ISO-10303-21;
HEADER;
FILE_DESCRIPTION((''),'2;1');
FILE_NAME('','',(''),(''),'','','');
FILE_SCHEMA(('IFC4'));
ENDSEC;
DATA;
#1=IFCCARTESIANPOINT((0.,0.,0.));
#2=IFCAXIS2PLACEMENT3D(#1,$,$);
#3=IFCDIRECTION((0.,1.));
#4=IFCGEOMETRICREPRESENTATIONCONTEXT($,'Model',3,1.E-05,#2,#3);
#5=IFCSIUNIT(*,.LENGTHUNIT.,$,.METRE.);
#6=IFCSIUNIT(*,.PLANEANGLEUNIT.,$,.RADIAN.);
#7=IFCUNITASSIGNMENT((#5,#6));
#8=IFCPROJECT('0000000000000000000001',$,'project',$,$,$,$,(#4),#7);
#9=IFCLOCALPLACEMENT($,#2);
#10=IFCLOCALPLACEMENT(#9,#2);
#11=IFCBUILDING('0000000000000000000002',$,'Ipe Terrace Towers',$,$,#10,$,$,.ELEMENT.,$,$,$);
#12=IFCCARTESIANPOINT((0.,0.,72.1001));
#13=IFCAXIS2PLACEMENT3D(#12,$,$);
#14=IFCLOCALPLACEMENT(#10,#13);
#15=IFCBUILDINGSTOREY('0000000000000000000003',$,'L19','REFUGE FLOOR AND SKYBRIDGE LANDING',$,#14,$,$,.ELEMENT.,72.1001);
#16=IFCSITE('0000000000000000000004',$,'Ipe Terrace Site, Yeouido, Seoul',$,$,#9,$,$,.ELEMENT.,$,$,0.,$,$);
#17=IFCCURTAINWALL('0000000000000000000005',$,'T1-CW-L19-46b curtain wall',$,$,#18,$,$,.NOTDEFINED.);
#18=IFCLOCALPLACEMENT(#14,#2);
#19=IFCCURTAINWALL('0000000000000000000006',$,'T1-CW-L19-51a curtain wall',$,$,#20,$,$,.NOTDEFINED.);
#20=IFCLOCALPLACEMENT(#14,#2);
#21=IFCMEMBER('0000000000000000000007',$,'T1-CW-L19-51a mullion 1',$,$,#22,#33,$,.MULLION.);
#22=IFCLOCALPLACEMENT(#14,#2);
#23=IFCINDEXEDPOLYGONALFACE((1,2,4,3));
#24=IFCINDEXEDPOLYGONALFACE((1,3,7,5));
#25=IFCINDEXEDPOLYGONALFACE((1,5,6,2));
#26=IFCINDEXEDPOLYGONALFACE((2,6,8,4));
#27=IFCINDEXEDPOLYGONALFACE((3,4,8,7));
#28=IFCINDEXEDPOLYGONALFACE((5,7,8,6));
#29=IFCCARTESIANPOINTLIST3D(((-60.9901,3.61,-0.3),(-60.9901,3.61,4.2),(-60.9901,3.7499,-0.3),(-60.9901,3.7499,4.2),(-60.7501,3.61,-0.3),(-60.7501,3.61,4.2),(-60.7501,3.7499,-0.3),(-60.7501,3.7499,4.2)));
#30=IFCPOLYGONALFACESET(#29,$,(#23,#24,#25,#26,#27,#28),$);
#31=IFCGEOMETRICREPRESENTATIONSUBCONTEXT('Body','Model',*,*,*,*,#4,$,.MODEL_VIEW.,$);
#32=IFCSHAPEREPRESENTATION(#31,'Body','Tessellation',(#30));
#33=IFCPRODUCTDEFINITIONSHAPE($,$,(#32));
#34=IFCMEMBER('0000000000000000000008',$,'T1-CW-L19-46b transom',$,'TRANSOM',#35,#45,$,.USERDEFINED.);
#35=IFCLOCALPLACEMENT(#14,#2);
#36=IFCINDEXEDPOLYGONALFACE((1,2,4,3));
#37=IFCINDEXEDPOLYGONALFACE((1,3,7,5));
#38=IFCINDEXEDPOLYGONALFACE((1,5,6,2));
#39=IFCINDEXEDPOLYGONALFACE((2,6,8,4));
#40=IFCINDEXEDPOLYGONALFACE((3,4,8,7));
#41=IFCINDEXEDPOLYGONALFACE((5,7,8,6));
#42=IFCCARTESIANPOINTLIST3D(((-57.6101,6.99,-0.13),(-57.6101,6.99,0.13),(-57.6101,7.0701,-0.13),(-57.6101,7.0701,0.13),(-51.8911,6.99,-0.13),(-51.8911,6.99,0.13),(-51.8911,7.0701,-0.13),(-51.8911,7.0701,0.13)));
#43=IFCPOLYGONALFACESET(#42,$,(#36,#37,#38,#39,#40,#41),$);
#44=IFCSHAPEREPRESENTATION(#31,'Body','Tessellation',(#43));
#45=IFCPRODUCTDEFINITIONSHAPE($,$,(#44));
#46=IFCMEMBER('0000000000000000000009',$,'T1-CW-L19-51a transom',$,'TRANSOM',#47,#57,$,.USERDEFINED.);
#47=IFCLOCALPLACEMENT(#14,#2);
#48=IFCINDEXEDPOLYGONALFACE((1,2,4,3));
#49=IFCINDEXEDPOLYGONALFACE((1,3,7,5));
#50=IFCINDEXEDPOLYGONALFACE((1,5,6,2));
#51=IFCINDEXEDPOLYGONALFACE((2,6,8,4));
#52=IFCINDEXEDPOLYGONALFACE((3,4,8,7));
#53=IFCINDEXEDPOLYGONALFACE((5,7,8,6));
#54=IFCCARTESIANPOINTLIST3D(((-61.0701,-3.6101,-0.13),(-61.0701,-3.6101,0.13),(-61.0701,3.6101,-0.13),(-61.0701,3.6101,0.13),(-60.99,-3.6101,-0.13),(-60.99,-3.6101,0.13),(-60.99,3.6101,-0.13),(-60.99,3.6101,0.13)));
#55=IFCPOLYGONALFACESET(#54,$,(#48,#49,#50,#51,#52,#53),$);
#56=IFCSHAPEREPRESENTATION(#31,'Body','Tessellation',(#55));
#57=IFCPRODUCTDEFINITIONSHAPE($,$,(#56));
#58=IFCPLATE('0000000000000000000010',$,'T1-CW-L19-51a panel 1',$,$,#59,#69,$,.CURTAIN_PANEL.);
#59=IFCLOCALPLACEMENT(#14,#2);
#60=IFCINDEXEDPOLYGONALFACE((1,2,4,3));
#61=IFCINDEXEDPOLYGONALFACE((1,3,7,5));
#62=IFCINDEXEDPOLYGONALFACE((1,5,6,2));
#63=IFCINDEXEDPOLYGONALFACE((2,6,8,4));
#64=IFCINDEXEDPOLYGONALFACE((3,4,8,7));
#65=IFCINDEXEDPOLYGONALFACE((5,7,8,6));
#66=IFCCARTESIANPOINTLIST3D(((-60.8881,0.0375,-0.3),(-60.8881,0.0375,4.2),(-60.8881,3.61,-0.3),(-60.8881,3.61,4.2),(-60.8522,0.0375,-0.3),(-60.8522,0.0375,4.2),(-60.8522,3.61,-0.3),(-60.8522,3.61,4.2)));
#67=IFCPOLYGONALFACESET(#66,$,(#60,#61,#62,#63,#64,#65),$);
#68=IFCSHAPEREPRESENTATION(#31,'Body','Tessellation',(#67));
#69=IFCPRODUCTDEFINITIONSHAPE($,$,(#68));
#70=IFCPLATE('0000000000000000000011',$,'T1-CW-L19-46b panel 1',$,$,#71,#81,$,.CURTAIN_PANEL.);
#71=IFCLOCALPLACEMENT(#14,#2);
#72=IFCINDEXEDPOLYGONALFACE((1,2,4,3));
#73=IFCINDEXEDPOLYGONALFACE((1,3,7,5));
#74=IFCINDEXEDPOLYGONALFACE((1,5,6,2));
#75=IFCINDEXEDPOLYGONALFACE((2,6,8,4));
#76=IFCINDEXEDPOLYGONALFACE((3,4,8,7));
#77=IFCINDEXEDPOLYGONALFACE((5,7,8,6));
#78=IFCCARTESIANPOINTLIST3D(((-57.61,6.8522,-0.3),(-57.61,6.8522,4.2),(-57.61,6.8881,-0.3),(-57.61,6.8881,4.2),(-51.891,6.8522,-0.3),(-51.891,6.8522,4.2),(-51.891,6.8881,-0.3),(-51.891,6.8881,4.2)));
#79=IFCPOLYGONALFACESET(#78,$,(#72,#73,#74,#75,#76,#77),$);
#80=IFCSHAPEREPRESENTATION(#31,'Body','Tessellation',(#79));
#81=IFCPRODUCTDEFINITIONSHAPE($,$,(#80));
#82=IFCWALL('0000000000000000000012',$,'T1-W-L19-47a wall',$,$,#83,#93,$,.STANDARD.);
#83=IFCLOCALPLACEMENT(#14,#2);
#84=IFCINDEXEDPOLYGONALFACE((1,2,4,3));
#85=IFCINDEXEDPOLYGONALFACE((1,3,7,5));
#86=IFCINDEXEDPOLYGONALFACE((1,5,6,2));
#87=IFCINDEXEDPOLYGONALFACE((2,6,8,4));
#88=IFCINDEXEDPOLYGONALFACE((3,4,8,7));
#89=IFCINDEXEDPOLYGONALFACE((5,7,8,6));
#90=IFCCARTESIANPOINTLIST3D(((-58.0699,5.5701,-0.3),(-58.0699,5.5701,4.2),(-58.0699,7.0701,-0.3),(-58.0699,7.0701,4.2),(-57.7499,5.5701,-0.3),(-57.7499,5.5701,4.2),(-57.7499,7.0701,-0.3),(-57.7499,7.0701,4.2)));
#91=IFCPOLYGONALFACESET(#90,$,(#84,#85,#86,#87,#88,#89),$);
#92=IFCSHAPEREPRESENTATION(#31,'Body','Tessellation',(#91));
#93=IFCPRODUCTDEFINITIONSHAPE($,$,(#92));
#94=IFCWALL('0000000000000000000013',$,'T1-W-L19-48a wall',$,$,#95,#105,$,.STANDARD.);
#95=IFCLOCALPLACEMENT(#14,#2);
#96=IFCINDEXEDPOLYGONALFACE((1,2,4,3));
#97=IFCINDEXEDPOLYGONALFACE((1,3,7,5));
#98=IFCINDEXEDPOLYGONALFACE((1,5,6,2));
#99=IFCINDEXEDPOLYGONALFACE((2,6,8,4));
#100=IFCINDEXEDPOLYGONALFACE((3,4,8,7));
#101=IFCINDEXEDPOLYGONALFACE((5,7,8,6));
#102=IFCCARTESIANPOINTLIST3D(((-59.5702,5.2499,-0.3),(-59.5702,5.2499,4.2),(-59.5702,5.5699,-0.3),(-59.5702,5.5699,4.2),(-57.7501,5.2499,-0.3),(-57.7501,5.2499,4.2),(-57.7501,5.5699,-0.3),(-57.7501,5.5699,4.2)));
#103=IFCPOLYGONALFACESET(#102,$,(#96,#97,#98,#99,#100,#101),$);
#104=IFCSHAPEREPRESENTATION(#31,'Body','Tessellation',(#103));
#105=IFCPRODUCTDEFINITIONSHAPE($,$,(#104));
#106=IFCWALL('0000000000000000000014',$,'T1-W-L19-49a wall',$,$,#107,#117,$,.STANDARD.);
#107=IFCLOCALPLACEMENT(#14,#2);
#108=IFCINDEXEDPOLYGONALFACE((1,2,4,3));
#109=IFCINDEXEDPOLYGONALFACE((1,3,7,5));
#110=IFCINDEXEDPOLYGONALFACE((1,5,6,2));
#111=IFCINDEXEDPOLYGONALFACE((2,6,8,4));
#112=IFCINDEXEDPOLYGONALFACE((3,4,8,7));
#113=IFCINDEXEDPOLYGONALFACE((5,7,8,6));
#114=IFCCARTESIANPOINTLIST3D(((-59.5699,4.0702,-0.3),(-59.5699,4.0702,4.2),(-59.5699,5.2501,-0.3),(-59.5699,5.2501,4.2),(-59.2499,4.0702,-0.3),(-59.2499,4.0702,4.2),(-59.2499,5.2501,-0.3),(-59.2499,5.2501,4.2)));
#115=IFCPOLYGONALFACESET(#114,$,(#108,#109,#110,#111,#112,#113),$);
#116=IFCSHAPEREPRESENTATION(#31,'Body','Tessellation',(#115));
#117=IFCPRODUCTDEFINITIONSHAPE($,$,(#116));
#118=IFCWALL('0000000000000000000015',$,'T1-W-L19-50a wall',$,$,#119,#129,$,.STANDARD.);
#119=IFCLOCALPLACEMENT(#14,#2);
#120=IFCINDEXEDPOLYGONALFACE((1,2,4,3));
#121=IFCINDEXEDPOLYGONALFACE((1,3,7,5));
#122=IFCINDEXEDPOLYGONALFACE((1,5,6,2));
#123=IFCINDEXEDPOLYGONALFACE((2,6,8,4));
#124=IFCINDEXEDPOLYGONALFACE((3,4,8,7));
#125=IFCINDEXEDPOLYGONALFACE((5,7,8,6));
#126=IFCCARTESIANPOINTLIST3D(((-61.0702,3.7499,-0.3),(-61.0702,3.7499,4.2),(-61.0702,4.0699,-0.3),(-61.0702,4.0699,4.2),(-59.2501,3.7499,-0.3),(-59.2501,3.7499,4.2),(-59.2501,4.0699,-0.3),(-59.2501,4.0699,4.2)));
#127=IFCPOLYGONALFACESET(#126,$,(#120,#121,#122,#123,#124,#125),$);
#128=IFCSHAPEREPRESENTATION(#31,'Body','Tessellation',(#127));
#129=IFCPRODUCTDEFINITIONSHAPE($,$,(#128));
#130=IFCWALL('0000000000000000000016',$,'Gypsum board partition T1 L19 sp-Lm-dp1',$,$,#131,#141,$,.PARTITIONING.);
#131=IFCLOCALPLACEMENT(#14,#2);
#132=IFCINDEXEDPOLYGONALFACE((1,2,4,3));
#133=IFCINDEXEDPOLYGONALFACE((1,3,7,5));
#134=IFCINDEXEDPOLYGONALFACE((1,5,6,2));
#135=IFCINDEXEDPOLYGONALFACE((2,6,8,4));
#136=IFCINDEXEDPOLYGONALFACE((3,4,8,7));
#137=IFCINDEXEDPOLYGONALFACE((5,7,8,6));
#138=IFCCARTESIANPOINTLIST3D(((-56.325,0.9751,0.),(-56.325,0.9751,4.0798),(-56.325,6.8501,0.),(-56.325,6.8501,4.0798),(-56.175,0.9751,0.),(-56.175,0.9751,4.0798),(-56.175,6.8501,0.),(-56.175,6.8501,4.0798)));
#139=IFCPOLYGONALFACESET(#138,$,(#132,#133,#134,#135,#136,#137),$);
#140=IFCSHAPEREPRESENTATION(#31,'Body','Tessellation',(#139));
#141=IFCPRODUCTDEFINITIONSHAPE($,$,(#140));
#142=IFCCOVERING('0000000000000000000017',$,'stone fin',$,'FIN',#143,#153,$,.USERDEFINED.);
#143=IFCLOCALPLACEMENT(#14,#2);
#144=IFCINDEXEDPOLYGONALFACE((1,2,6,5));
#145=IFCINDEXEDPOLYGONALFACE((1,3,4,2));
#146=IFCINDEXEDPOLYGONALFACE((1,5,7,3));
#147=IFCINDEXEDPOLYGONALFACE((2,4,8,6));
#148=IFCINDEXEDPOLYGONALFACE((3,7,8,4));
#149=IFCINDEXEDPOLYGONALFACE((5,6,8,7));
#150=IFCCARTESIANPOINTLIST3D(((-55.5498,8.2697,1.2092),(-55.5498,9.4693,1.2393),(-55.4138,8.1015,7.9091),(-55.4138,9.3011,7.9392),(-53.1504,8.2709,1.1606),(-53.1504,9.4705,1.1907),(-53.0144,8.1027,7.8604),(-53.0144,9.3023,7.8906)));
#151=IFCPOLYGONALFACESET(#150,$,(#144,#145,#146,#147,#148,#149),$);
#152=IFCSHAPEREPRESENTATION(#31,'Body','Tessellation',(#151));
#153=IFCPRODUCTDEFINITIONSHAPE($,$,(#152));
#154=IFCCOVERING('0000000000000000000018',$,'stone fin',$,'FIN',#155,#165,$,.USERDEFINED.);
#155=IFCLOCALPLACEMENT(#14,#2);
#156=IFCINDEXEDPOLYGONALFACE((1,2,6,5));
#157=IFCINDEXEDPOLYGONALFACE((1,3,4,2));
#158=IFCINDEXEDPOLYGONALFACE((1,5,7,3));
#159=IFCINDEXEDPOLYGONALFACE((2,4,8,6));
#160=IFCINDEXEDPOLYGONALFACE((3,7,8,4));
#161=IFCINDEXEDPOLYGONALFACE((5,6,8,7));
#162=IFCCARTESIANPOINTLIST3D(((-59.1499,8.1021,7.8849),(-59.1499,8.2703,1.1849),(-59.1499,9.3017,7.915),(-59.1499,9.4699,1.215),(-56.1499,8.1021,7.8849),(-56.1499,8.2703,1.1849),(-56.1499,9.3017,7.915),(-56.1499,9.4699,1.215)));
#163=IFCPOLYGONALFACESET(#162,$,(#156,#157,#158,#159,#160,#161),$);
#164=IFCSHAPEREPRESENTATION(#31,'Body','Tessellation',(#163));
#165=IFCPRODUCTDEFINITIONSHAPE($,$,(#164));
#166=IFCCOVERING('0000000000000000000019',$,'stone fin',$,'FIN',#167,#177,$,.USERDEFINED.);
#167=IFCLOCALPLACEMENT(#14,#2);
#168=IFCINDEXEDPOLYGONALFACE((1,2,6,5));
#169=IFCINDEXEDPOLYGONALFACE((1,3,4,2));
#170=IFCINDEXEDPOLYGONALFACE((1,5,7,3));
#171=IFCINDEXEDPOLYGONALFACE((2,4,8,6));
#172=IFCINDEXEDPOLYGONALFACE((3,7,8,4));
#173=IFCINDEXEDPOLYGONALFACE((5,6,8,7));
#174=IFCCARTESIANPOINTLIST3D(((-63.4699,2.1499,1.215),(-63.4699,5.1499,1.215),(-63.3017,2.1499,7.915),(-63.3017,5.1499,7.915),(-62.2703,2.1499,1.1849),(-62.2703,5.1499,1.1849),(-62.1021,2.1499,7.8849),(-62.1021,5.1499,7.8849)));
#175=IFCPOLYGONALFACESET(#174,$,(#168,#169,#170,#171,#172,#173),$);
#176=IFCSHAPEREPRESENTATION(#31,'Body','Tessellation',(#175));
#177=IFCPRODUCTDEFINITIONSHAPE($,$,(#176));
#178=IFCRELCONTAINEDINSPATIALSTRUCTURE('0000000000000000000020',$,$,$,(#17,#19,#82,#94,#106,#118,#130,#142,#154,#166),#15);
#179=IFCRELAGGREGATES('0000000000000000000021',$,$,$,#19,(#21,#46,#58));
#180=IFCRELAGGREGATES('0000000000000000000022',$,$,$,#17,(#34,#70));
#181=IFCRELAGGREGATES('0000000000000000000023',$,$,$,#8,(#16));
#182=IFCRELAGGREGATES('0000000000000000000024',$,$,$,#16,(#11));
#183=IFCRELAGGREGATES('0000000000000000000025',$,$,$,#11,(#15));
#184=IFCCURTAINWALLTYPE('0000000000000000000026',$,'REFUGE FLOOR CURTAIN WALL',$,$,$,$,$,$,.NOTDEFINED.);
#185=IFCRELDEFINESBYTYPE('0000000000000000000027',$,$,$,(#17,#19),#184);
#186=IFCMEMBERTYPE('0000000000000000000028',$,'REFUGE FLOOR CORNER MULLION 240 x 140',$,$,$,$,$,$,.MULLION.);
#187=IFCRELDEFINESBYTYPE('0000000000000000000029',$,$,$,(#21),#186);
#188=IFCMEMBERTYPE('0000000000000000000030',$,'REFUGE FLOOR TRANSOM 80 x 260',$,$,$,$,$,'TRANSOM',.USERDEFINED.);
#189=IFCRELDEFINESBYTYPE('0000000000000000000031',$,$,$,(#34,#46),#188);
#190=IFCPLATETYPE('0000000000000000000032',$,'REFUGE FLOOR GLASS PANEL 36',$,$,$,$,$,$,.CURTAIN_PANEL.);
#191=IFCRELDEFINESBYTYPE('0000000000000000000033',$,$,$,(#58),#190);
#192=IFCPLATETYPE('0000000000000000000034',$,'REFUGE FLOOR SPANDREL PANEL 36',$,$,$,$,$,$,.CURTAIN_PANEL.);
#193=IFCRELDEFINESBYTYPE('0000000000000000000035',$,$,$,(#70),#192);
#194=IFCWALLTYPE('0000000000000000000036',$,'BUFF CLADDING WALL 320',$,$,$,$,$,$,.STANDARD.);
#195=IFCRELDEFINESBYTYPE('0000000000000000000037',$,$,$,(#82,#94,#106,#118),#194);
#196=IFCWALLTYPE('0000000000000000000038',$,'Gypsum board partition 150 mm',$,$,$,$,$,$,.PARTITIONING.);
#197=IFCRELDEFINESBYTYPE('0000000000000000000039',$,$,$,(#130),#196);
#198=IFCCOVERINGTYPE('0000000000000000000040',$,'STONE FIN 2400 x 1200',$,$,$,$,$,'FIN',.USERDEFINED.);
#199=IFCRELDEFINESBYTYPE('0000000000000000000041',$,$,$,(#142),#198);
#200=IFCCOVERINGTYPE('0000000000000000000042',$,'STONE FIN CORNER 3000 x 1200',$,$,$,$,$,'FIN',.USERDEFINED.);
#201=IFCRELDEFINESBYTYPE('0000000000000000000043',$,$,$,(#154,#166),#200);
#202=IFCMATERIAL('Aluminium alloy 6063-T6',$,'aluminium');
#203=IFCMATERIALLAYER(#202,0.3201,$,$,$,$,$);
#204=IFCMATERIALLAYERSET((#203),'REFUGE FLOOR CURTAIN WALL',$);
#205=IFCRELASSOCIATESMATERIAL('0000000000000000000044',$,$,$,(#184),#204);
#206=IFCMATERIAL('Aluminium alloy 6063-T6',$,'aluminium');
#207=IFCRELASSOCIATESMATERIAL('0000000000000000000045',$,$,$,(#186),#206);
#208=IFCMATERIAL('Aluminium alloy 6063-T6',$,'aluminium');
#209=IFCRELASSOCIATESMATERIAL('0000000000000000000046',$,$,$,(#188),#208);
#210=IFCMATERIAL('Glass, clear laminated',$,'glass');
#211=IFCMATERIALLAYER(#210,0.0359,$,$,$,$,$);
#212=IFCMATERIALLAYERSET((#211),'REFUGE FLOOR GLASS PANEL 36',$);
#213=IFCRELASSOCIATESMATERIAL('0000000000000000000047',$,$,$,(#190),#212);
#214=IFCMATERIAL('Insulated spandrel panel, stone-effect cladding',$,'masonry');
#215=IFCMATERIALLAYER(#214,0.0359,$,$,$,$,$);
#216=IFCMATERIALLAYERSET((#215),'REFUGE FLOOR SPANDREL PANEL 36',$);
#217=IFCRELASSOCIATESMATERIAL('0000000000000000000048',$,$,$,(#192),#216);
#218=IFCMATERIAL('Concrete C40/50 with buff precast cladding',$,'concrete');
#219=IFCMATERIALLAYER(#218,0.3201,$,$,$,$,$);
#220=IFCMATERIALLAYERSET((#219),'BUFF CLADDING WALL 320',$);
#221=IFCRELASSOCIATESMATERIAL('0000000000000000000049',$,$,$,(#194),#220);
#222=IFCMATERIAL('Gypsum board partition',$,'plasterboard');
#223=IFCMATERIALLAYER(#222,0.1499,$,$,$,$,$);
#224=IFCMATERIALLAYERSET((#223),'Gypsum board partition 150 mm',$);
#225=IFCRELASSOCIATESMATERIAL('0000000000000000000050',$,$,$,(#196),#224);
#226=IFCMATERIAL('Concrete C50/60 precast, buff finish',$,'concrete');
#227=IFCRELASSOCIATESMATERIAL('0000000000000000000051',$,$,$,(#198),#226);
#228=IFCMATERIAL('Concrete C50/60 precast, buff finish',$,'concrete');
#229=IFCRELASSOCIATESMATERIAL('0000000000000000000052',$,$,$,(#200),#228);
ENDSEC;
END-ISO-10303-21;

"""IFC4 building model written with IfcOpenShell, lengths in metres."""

from ifc_helpers import new_model, si_unit, direction, frame, frame_2d, origin, origin_2d, place, context, subcontext, project, spatial, rectangle, extrude, material, layer, layer_set, material_profile, profile_set, type_object, element, aggregate, save


model = new_model("IFC4")

# Units and contexts
model_context = context("Model", 3, precision=1e-05, world=origin(), true_north=direction((0.0, 1.0)))
body_context = subcontext(model_context, "Body", "Model", "MODEL_VIEW")
ifc_project = project(units=[si_unit("LENGTHUNIT", "METRE"), si_unit("PLANEANGLEUNIT", "RADIAN")], contexts=[model_context])

# Site, building, storey
site_placement = place(None, origin())
site = spatial("IfcSite", under=ifc_project, at=site_placement, Name="Ipe Terrace Site, Yeouido, Seoul", CompositionType="ELEMENT", RefElevation=0.0)
building_placement = place(site_placement, origin())
building = spatial("IfcBuilding", under=site, at=building_placement, Name="Ipe Terrace Towers", CompositionType="ELEMENT")
storey_placement = place(building_placement, frame((0.0, 0.0, 72.1001)))
storey = spatial("IfcBuildingStorey", under=building, at=storey_placement, Name="L19", Description="REFUGE FLOOR AND SKYBRIDGE LANDING", CompositionType="ELEMENT", Elevation=72.1001)

# Curtain walls, member
ifc_material_1 = material(Name="Aluminium alloy 6063-T6", Category="aluminium")
ifc_layer_1 = layer(ifc_material_1, 0.3201)
ifc_layer_set_1 = layer_set([ifc_layer_1], Name="REFUGE FLOOR CURTAIN WALL")
curtain_wall_type = type_object("IfcCurtainWallType", Name="REFUGE FLOOR CURTAIN WALL", PredefinedType="NOTDEFINED", material=ifc_layer_set_1)
curtain_wall_1_placement = place(storey_placement, origin())
curtain_wall_1 = element("IfcCurtainWall", 1, at=curtain_wall_1_placement, inside=storey, type_object=curtain_wall_type, Name="T1-CW-L19-46b curtain wall", PredefinedType="NOTDEFINED")
ifc_material_2 = material(Name="Aluminium alloy 6063-T6", Category="aluminium")
ifc_material_profile_1 = material_profile(ifc_material_2, rectangle(XDim=0.24, YDim=0.1399, at=origin_2d()), Name="REFUGE FLOOR CORNER MULLION 240 x 140")
ifc_profile_set_1 = profile_set([ifc_material_profile_1], Name="Aluminium alloy 6063-T6")
member_type_1 = type_object("IfcMemberType", Name="REFUGE FLOOR CORNER MULLION 240 x 140", PredefinedType="MULLION", material=ifc_profile_set_1)
curtain_wall_2_placement = place(storey_placement, origin())
curtain_wall_2 = element("IfcCurtainWall", 2, at=curtain_wall_2_placement, inside=storey, type_object=curtain_wall_type, Name="T1-CW-L19-51a curtain wall", PredefinedType="NOTDEFINED")
member_1_placement = place(storey_placement, frame((-60.8701, 3.6799, -0.3), z_axis=(0.0, 0.0, 1.0), x_axis=(-1.0, 0.0, 0.0)))
member_1 = element("IfcMember", 3, at=member_1_placement, type_object=member_type_1, Name="T1-CW-L19-51a mullion 1", PredefinedType="MULLION", context=body_context, shape_type="SweptSolid", body=[
    extrude(rectangle(XDim=0.24, YDim=0.1399, at=origin_2d()), origin(), (0.0, 0.0, 1.0), 4.5),
])

# Members
ifc_material_3 = material(Name="Aluminium alloy 6063-T6", Category="aluminium")
ifc_material_profile_2 = material_profile(ifc_material_3, rectangle(XDim=0.0801, YDim=0.26, at=origin_2d()), Name="REFUGE FLOOR TRANSOM 80 x 260")
ifc_profile_set_2 = profile_set([ifc_material_profile_2], Name="Aluminium alloy 6063-T6")
member_type_2 = type_object("IfcMemberType", Name="REFUGE FLOOR TRANSOM 80 x 260", ElementType="TRANSOM", PredefinedType="USERDEFINED", material=ifc_profile_set_2)
member_2_placement = place(storey_placement, frame((-51.8911, 7.03, 0.0), z_axis=(-1.0, 0.0, 0.0), x_axis=(0.0, 1.0, 0.0)))
member_2 = element("IfcMember", 4, at=member_2_placement, type_object=member_type_2, Name="T1-CW-L19-46b transom", ObjectType="TRANSOM", PredefinedType="USERDEFINED", context=body_context, shape_type="SweptSolid", body=[
    extrude(rectangle(XDim=0.0801, YDim=0.26, at=origin_2d()), origin(), (0.0, 0.0, 1.0), 5.719),
])
member_3_placement = place(storey_placement, frame((-61.03, 3.6101, 0.0), z_axis=(0.0, -1.0, 0.0), x_axis=(-1.0, 0.0, 0.0)))
member_3 = element("IfcMember", 5, at=member_3_placement, type_object=member_type_2, Name="T1-CW-L19-51a transom", ObjectType="TRANSOM", PredefinedType="USERDEFINED", context=body_context, shape_type="SweptSolid", body=[
    extrude(rectangle(XDim=0.0801, YDim=0.26, at=origin_2d()), origin(), (0.0, 0.0, 1.0), 7.2202),
])

# Plates
ifc_material_4 = material(Name="Glass, clear laminated", Category="glass")
ifc_layer_2 = layer(ifc_material_4, 0.0359)
ifc_layer_set_2 = layer_set([ifc_layer_2], Name="REFUGE FLOOR GLASS PANEL 36")
plate_type_1 = type_object("IfcPlateType", Name="REFUGE FLOOR GLASS PANEL 36", PredefinedType="CURTAIN_PANEL", material=ifc_layer_set_2)
plate_1_placement = place(storey_placement, frame((-60.8701, 1.8237, -0.3), z_axis=(0.0, 0.0, 1.0), x_axis=(0.0, -1.0, 0.0)))
plate_1 = element("IfcPlate", 6, at=plate_1_placement, type_object=plate_type_1, Name="T1-CW-L19-51a panel 1", PredefinedType="CURTAIN_PANEL", context=body_context, shape_type="SweptSolid", body=[
    extrude(rectangle(XDim=3.5725, YDim=0.0359, at=origin_2d()), origin(), (0.0, 0.0, 1.0), 4.5),
])
aggregate(curtain_wall_2, [member_1, member_3, plate_1])
ifc_material_5 = material(Name="Insulated spandrel panel, stone-effect cladding", Category="masonry")
ifc_layer_3 = layer(ifc_material_5, 0.0359)
ifc_layer_set_3 = layer_set([ifc_layer_3], Name="REFUGE FLOOR SPANDREL PANEL 36")
plate_type_2 = type_object("IfcPlateType", Name="REFUGE FLOOR SPANDREL PANEL 36", PredefinedType="CURTAIN_PANEL", material=ifc_layer_set_3)
plate_2_placement = place(storey_placement, frame((-54.7505, 6.8701, -0.3), z_axis=(0.0, 0.0, 1.0), x_axis=(-1.0, 0.0, 0.0)))
plate_2 = element("IfcPlate", 7, at=plate_2_placement, type_object=plate_type_2, Name="T1-CW-L19-46b panel 1", PredefinedType="CURTAIN_PANEL", context=body_context, shape_type="SweptSolid", body=[
    extrude(rectangle(XDim=5.719, YDim=0.0359, at=origin_2d()), origin(), (0.0, 0.0, 1.0), 4.5),
])
aggregate(curtain_wall_1, [member_2, plate_2])

# Walls
ifc_material_6 = material(Name="Concrete C40/50 with buff precast cladding", Category="concrete")
ifc_layer_4 = layer(ifc_material_6, 0.3201)
ifc_layer_set_4 = layer_set([ifc_layer_4], Name="BUFF CLADDING WALL 320")
wall_type_1 = type_object("IfcWallType", Name="BUFF CLADDING WALL 320", PredefinedType="STANDARD", material=ifc_layer_set_4)
wall_1_placement = place(storey_placement, frame((-57.9099, 7.0701, -0.3), z_axis=(0.0, 0.0, 1.0), x_axis=(0.0, -1.0, 0.0)))
element("IfcWall", 8, at=wall_1_placement, inside=storey, type_object=wall_type_1, Name="T1-W-L19-47a wall", PredefinedType="STANDARD", context=body_context, shape_type="SweptSolid", body=[
    extrude(rectangle(XDim=1.5, YDim=0.3201, at=frame_2d((0.75, 0.0))), origin(), (0.0, 0.0, 1.0), 4.5),
])
wall_2_placement = place(storey_placement, frame((-57.75, 5.4099, -0.3), z_axis=(0.0, 0.0, 1.0), x_axis=(-1.0, 0.0, 0.0)))
element("IfcWall", 9, at=wall_2_placement, inside=storey, type_object=wall_type_1, Name="T1-W-L19-48a wall", PredefinedType="STANDARD", context=body_context, shape_type="SweptSolid", body=[
    extrude(rectangle(XDim=1.8201, YDim=0.3201, at=frame_2d((0.9102, 0.0))), origin(), (0.0, 0.0, 1.0), 4.5),
])
wall_3_placement = place(storey_placement, frame((-59.4099, 5.25, -0.3), z_axis=(0.0, 0.0, 1.0), x_axis=(0.0, -1.0, 0.0)))
element("IfcWall", 10, at=wall_3_placement, inside=storey, type_object=wall_type_1, Name="T1-W-L19-49a wall", PredefinedType="STANDARD", context=body_context, shape_type="SweptSolid", body=[
    extrude(rectangle(XDim=1.1799, YDim=0.3201, at=frame_2d((0.5898, 0.0))), origin(), (0.0, 0.0, 1.0), 4.5),
])
wall_4_placement = place(storey_placement, frame((-59.25, 3.9099, -0.3), z_axis=(0.0, 0.0, 1.0), x_axis=(-1.0, 0.0, 0.0)))
element("IfcWall", 11, at=wall_4_placement, inside=storey, type_object=wall_type_1, Name="T1-W-L19-50a wall", PredefinedType="STANDARD", context=body_context, shape_type="SweptSolid", body=[
    extrude(rectangle(XDim=1.8201, YDim=0.3201, at=frame_2d((0.9102, 0.0))), origin(), (0.0, 0.0, 1.0), 4.5),
])
ifc_material_7 = material(Name="Gypsum board partition", Category="plasterboard")
ifc_layer_5 = layer(ifc_material_7, 0.1499)
ifc_layer_set_5 = layer_set([ifc_layer_5], Name="Gypsum board partition 150 mm")
wall_type_2 = type_object("IfcWallType", Name="Gypsum board partition 150 mm", PredefinedType="PARTITIONING", material=ifc_layer_set_5)
wall_5_placement = place(storey_placement, frame((-56.25, 0.9751, 0.0), z_axis=(0.0, 0.0, 1.0), x_axis=(0.0, 1.0, 0.0)))
element("IfcWall", 12, at=wall_5_placement, inside=storey, type_object=wall_type_2, Name="Gypsum board partition T1 L19 sp-Lm-dp1", PredefinedType="PARTITIONING", context=body_context, shape_type="SweptSolid", body=[
    extrude(rectangle(XDim=5.875, YDim=0.1499, at=frame_2d((2.9375, 0.0))), origin(), (0.0, 0.0, 1.0), 4.0798),
])

# Coverings
ifc_material_8 = material(Name="Concrete C50/60 precast, buff finish", Category="concrete")
ifc_material_profile_3 = material_profile(ifc_material_8, rectangle(XDim=2.3999, YDim=1.2, at=origin_2d()), Name="STONE FIN 2400 x 1200")
ifc_profile_set_3 = profile_set([ifc_material_profile_3], Name="Concrete C50/60 precast, buff finish")
covering_type_1 = type_object("IfcCoveringType", Name="STONE FIN 2400 x 1200", ElementType="FIN", PredefinedType="USERDEFINED", material=ifc_profile_set_3)
covering_1_placement = place(storey_placement, frame((-54.3501, 8.8701, 1.2), z_axis=(0.020286, -0.025094, 0.999479), x_axis=(-0.999794, -0.000509, 0.02028)))
element("IfcCovering", 13, at=covering_1_placement, inside=storey, type_object=covering_type_1, Name="stone fin", ObjectType="FIN", PredefinedType="USERDEFINED", context=body_context, shape_type="SweptSolid", body=[
    extrude(rectangle(XDim=2.3999, YDim=1.2, at=origin_2d()), origin(), (0.0, 0.0, 1.0), 6.7034),
])
ifc_material_9 = material(Name="Concrete C50/60 precast, buff finish", Category="concrete")
ifc_material_profile_4 = material_profile(ifc_material_9, rectangle(XDim=3.0, YDim=1.2, at=origin_2d()), Name="STONE FIN CORNER 3000 x 1200")
ifc_profile_set_4 = profile_set([ifc_material_profile_4], Name="Concrete C50/60 precast, buff finish")
covering_type_2 = type_object("IfcCoveringType", Name="STONE FIN CORNER 3000 x 1200", ElementType="FIN", PredefinedType="USERDEFINED", material=ifc_profile_set_4)
for number, where, z_axis, x_axis, name in (
    (14, (-57.6499, 8.8701, 1.2), (0.0, -0.025099, 0.999685), (-1.0, 0.0, 0.0), "stone fin"),
    (15, (-62.8701, 3.6499, 1.2), (0.025099, 0.0, 0.999685), (0.0, -1.0, 0.0), "stone fin"),
):
    element("IfcCovering", number, at=place(storey_placement, frame(where, z_axis=z_axis, x_axis=x_axis)), inside=storey, type_object=covering_type_2, Name=name, ObjectType="FIN", PredefinedType="USERDEFINED", context=body_context, shape_type="SweptSolid", body=[
        extrude(rectangle(XDim=3.0, YDim=1.2, at=origin_2d()), origin(), (0.0, 0.0, 1.0), 6.7021),
    ])

save(model, "model.ifc")
